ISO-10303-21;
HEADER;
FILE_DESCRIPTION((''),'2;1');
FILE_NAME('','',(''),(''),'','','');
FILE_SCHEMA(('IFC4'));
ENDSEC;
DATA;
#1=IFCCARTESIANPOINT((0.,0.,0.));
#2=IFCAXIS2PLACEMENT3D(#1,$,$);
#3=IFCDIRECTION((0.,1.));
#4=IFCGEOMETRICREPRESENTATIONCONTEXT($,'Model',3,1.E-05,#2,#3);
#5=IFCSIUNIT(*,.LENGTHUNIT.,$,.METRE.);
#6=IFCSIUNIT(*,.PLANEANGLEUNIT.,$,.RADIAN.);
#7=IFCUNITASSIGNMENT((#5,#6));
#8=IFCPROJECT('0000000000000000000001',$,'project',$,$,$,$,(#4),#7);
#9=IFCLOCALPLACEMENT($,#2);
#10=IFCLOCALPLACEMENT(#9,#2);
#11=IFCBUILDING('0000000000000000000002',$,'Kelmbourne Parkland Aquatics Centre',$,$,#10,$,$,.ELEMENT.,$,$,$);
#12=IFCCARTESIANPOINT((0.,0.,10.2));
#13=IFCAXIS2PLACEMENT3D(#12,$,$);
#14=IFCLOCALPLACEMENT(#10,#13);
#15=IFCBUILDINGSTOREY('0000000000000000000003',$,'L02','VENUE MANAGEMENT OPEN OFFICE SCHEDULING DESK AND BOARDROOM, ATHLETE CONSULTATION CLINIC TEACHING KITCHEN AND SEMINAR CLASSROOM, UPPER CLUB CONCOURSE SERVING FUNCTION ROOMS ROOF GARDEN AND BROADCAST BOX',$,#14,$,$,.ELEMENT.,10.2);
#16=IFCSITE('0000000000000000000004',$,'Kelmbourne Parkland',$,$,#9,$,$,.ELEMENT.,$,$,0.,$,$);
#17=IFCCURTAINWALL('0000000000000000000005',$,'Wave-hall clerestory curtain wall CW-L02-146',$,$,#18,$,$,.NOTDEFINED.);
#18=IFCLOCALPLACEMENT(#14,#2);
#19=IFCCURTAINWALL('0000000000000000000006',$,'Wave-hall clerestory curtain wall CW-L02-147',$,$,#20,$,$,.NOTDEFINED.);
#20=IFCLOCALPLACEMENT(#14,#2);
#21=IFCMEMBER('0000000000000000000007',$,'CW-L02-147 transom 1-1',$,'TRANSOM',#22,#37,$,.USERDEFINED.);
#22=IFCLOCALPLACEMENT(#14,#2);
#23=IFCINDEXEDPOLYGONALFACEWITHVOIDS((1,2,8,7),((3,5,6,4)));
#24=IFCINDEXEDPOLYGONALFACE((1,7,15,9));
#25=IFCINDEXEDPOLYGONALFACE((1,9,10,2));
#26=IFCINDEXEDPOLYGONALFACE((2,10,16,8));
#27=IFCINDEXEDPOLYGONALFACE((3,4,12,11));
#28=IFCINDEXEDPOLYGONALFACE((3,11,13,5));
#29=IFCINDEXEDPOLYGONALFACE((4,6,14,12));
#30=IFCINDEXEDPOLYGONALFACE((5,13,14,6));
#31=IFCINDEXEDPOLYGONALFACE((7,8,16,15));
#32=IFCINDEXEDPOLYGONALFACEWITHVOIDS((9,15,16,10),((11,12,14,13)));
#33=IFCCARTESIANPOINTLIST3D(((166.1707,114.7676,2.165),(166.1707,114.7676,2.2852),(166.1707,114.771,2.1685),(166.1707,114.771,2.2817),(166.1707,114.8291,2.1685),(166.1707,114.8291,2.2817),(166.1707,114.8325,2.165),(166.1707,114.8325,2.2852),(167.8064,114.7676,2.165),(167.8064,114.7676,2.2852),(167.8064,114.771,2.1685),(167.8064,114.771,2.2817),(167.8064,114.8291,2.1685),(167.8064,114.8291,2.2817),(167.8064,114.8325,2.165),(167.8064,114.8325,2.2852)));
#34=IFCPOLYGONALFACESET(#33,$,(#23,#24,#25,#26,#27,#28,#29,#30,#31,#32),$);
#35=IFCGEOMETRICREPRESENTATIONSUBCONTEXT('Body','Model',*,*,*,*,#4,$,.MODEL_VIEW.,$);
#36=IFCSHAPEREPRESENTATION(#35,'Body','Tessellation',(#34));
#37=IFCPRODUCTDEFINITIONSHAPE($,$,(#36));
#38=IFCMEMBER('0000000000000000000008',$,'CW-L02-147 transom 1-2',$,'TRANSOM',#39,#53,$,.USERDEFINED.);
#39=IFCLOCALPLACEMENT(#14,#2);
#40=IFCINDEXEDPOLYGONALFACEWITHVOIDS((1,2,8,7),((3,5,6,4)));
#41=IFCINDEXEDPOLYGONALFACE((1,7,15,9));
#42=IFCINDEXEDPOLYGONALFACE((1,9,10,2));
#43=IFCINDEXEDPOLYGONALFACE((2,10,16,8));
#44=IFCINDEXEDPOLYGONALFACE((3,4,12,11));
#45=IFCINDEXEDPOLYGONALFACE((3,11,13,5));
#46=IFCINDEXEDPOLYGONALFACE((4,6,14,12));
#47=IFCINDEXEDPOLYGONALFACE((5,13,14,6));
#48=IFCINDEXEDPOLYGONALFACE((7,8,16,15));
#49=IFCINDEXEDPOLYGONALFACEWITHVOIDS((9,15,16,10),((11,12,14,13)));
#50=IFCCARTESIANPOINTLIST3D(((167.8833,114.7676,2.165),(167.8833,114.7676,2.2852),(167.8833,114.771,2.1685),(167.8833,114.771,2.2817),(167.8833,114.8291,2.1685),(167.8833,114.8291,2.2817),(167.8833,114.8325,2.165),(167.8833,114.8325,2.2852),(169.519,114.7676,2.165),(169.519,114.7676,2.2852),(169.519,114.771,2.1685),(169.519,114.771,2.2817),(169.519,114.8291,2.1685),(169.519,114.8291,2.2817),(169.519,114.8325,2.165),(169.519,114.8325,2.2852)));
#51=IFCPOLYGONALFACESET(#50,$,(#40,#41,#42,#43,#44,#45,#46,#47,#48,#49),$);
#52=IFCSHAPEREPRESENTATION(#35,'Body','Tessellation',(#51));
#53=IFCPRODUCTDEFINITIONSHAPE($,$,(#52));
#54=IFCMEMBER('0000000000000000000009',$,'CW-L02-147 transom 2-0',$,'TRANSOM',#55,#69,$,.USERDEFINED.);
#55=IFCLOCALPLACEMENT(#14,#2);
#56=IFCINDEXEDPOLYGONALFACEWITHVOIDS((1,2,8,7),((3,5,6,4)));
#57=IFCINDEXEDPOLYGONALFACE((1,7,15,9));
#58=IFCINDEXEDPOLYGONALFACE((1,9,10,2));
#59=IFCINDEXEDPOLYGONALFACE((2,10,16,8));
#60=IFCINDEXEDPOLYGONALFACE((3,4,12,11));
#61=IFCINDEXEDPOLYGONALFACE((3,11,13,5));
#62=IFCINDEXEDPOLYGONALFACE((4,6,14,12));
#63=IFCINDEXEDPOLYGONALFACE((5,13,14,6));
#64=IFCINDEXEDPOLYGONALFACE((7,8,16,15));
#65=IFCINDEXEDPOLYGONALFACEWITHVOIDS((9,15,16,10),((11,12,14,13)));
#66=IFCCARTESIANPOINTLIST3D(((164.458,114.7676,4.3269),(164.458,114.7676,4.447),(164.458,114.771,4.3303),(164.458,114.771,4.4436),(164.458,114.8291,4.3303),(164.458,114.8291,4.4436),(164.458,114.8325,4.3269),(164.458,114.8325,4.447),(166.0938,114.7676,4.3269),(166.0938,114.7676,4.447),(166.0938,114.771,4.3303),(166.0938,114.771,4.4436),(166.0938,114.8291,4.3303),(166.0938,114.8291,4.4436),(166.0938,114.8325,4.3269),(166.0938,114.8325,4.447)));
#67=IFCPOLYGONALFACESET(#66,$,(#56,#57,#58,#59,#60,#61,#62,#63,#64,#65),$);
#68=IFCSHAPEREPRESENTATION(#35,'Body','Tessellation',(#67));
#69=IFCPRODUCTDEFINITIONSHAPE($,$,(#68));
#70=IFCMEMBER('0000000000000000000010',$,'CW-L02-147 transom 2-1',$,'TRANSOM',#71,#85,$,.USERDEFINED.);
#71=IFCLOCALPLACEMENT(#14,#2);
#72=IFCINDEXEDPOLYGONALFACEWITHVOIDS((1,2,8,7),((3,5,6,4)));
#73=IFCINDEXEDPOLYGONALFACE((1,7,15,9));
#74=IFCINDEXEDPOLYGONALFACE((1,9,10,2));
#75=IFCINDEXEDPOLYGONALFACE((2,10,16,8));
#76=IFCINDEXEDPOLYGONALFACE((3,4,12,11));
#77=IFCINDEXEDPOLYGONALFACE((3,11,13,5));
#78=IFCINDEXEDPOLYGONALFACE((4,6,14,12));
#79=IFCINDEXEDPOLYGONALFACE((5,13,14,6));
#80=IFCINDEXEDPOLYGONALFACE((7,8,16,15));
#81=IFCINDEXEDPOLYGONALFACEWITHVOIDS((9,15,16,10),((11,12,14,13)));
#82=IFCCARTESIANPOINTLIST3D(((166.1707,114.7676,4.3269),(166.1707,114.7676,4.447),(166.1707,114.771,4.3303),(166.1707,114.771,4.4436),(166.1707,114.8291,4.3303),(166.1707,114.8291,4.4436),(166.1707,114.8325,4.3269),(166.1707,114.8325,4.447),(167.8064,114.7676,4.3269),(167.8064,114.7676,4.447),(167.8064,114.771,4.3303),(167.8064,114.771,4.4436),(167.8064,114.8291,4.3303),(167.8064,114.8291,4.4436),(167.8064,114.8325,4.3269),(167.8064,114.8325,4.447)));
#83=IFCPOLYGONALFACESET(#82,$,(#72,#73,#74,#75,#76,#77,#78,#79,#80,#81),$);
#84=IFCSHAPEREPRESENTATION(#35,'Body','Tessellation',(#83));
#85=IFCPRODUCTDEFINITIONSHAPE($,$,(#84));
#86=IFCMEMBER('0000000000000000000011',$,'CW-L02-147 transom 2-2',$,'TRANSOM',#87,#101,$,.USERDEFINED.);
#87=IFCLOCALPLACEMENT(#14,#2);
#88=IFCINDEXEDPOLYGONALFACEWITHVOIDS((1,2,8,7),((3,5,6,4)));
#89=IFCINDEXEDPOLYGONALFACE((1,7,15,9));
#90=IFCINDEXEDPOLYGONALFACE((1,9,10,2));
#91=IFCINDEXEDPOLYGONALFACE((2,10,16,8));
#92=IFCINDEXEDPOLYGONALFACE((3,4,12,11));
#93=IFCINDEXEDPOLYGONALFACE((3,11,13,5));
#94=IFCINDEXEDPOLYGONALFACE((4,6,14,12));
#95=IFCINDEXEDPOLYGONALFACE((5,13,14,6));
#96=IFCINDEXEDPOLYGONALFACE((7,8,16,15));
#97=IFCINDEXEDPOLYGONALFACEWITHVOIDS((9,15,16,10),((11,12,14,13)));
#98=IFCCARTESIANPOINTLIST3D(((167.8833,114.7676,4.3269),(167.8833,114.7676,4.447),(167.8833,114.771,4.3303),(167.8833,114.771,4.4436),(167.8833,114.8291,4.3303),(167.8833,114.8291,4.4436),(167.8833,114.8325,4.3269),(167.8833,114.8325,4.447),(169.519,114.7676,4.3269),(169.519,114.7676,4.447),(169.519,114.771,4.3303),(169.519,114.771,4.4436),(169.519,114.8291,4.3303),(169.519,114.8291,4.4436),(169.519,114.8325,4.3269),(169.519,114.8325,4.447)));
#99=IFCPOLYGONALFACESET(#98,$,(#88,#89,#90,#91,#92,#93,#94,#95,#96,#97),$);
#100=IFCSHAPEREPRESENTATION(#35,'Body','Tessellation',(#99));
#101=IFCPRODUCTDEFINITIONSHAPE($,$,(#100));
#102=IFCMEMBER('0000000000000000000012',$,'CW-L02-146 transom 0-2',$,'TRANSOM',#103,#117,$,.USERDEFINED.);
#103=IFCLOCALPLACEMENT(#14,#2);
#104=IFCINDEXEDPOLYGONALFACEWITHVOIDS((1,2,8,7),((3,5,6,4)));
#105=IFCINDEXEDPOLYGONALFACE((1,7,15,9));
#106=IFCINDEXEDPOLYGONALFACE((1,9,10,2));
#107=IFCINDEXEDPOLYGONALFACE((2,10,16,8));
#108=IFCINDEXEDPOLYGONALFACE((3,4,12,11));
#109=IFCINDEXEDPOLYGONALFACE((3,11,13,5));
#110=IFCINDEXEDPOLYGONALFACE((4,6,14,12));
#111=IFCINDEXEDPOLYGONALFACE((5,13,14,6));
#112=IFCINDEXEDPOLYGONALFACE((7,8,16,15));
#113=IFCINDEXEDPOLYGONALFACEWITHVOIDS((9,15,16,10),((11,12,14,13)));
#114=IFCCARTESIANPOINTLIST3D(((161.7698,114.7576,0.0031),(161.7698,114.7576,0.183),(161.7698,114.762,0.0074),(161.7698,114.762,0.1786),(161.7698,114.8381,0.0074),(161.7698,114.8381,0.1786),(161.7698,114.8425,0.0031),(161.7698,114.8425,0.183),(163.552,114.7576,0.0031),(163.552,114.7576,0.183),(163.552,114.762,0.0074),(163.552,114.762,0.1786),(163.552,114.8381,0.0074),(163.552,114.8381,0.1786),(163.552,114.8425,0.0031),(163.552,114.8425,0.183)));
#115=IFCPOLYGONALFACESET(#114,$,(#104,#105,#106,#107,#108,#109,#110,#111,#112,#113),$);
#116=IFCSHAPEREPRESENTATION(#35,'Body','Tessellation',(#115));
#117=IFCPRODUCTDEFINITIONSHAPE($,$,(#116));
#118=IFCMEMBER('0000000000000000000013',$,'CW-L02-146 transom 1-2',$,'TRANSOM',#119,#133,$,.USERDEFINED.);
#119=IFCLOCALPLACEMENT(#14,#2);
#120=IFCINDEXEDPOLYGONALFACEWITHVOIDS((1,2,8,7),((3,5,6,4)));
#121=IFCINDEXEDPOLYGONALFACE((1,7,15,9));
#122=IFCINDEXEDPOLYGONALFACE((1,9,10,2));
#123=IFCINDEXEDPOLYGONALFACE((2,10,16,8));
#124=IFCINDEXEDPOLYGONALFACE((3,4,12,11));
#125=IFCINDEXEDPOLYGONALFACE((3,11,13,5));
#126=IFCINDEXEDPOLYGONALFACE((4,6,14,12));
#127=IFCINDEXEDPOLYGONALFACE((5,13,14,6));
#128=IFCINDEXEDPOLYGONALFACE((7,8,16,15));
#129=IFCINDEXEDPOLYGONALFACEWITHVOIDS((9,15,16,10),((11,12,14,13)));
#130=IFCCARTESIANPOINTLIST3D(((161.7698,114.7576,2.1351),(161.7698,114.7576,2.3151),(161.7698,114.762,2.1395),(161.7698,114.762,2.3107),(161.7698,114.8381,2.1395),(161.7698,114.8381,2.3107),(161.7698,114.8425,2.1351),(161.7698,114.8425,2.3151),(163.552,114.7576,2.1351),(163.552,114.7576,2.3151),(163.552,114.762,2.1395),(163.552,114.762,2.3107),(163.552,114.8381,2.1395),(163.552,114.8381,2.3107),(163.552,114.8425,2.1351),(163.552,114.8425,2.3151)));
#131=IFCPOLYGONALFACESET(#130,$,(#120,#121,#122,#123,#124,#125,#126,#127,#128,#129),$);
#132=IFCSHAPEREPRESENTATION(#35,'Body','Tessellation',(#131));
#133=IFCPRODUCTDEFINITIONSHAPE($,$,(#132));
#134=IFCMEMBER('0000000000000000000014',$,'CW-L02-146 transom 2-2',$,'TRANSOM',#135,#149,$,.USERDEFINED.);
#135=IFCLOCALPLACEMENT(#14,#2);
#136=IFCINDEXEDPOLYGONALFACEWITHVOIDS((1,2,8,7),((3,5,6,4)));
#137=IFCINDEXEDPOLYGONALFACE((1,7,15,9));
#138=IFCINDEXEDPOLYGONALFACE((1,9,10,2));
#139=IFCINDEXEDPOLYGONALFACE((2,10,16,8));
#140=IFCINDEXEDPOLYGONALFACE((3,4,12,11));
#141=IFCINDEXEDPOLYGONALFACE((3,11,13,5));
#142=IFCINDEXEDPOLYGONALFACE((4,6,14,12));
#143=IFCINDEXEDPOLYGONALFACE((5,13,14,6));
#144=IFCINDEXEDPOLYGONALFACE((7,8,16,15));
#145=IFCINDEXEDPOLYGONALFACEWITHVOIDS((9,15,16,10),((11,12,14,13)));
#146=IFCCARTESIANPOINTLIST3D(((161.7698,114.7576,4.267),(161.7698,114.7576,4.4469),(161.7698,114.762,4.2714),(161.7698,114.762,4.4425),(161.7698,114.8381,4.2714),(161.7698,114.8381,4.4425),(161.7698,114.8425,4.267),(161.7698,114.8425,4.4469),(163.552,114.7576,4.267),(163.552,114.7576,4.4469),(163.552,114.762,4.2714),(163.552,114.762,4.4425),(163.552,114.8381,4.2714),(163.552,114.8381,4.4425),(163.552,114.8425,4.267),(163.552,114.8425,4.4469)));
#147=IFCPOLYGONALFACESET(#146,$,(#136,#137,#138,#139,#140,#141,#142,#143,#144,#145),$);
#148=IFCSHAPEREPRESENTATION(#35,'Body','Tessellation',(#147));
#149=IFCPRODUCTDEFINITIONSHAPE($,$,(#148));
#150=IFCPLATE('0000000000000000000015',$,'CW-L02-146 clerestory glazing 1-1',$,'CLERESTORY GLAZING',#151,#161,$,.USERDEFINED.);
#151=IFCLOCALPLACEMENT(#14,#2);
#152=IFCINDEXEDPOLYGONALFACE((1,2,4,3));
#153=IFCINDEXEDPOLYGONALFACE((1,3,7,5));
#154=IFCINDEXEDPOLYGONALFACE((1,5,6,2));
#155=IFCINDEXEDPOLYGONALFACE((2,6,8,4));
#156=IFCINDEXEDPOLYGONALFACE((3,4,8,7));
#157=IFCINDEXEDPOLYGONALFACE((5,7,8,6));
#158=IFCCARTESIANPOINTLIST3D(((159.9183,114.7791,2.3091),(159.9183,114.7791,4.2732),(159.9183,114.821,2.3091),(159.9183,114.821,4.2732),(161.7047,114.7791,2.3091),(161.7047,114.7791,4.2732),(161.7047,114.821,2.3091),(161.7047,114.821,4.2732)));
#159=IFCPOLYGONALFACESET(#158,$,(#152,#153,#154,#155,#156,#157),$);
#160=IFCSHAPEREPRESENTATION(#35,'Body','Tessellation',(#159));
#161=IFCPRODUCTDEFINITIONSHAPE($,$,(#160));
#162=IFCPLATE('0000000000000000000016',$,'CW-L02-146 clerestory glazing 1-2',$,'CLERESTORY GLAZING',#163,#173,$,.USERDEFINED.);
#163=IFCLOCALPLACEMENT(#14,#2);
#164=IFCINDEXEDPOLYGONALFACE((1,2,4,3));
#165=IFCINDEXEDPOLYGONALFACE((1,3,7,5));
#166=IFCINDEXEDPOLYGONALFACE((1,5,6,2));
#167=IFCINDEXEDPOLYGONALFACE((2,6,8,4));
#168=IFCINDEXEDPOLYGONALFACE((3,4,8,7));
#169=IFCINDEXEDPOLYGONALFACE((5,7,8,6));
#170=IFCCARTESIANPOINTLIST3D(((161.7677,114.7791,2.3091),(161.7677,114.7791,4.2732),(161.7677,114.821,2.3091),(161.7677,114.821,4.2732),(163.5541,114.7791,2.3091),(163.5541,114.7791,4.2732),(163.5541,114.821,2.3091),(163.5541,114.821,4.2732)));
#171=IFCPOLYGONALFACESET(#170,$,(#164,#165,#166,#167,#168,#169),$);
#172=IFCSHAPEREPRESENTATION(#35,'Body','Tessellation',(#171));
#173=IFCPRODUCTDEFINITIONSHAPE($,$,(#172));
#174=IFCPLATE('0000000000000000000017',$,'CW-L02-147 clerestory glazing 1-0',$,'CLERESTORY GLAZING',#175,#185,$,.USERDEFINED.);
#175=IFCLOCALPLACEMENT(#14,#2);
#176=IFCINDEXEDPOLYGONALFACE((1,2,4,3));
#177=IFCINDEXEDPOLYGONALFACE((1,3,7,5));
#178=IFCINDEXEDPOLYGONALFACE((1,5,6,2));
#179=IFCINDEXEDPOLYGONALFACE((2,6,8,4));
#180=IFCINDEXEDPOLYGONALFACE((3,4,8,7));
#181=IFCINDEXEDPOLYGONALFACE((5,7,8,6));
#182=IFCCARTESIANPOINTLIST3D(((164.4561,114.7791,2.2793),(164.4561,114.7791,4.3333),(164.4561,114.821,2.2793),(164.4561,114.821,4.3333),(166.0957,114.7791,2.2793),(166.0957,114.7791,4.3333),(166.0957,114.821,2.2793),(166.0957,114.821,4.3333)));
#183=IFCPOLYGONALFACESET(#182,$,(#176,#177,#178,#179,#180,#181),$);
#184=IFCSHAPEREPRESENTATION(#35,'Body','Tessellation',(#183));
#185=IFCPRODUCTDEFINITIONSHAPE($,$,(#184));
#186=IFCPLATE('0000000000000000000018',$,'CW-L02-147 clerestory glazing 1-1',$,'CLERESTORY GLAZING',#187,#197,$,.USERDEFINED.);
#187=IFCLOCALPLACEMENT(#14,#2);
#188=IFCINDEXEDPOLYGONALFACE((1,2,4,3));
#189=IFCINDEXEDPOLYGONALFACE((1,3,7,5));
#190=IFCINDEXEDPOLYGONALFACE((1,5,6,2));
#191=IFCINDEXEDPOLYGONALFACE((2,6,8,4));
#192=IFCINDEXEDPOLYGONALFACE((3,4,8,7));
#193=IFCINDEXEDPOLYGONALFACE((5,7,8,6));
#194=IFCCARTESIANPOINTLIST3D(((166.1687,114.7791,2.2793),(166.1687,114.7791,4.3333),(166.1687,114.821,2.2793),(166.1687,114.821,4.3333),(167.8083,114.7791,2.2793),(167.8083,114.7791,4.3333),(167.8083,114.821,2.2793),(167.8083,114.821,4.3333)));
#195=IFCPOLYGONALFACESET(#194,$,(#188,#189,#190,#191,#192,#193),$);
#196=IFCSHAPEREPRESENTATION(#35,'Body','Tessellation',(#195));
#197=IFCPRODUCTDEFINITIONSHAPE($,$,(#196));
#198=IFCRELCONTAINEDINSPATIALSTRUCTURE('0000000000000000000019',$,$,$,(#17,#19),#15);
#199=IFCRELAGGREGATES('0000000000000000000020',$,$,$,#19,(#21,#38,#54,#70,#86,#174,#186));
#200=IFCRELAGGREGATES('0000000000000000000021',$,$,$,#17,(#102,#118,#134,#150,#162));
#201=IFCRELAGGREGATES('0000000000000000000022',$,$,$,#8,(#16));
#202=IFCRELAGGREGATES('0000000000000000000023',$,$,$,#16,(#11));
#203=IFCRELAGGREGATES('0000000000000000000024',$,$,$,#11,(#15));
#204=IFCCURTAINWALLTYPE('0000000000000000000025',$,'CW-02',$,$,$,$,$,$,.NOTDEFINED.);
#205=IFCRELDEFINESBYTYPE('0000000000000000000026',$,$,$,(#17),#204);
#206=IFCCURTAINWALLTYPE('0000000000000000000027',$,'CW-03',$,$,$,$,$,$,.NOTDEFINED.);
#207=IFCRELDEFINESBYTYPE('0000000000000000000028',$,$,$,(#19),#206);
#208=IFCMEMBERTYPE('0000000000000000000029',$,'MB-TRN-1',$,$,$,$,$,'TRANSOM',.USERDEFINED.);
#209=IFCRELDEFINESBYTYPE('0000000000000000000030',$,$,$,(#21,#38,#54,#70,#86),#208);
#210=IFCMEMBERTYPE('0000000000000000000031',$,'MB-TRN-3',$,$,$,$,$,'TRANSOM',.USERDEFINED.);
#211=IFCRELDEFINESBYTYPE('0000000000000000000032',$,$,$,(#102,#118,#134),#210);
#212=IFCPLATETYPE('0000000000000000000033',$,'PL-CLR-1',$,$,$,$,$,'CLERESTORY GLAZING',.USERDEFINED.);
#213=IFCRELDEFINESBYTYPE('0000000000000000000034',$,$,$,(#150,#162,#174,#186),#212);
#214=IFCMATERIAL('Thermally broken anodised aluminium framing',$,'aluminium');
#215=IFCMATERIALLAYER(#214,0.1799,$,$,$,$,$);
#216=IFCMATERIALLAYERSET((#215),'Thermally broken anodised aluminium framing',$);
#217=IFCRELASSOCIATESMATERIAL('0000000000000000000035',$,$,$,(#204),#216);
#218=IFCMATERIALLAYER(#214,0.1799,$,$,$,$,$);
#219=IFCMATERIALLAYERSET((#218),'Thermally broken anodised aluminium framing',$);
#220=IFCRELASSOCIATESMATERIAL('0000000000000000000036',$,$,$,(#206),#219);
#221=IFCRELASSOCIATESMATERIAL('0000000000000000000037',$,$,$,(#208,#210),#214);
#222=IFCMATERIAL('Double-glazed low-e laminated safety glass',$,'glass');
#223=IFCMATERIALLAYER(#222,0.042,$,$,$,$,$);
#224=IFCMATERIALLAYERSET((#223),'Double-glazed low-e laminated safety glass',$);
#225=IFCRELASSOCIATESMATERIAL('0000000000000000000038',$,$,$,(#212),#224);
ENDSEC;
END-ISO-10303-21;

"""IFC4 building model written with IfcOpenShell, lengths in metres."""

from ifc_helpers import new_model, si_unit, direction, frame, origin, origin_2d, place, context, subcontext, project, spatial, rectangle, hollow_rectangle, extrude, material, layer, layer_set, material_profile, profile_set, type_object, element, aggregate, save


model = new_model("IFC4")

# Units and contexts
model_context = context("Model", 3, precision=1e-05, world=origin(), true_north=direction((0.0, 1.0)))
body_context = subcontext(model_context, "Body", "Model", "MODEL_VIEW")
ifc_project = project(units=[si_unit("LENGTHUNIT", "METRE"), si_unit("PLANEANGLEUNIT", "RADIAN")], contexts=[model_context])

# Site, building, storey
site_placement = place(None, origin())
site = spatial("IfcSite", under=ifc_project, at=site_placement, Name="Kelmbourne Parkland", CompositionType="ELEMENT", RefElevation=0.0)
building_placement = place(site_placement, origin())
building = spatial("IfcBuilding", under=site, at=building_placement, Name="Kelmbourne Parkland Aquatics Centre", CompositionType="ELEMENT")
storey_placement = place(building_placement, frame((0.0, 0.0, 10.2)))
storey = spatial("IfcBuildingStorey", under=building, at=storey_placement, Name="L02", Description="VENUE MANAGEMENT OPEN OFFICE SCHEDULING DESK AND BOARDROOM, ATHLETE CONSULTATION CLINIC TEACHING KITCHEN AND SEMINAR CLASSROOM, UPPER CLUB CONCOURSE SERVING FUNCTION ROOMS ROOF GARDEN AND BROADCAST BOX", CompositionType="ELEMENT", Elevation=10.2)

# Curtain walls, members
ifc_material_1 = material(Name="Thermally broken anodised aluminium framing", Category="aluminium")
ifc_layer_1 = layer(ifc_material_1, 0.1799)
ifc_layer_set_1 = layer_set([ifc_layer_1], Name="Thermally broken anodised aluminium framing")
curtain_wall_type_1 = type_object("IfcCurtainWallType", Name="CW-02", PredefinedType="NOTDEFINED", material=ifc_layer_set_1)
curtain_wall_1_placement = place(storey_placement, origin())
curtain_wall_1 = element("IfcCurtainWall", 1, at=curtain_wall_1_placement, inside=storey, type_object=curtain_wall_type_1, Name="Wave-hall clerestory curtain wall CW-L02-146", PredefinedType="NOTDEFINED")
ifc_layer_2 = layer(ifc_material_1, 0.1799)
ifc_layer_set_2 = layer_set([ifc_layer_2], Name="Thermally broken anodised aluminium framing")
curtain_wall_type_2 = type_object("IfcCurtainWallType", Name="CW-03", PredefinedType="NOTDEFINED", material=ifc_layer_set_2)
curtain_wall_2_placement = place(storey_placement, origin())
curtain_wall_2 = element("IfcCurtainWall", 2, at=curtain_wall_2_placement, inside=storey, type_object=curtain_wall_type_2, Name="Wave-hall clerestory curtain wall CW-L02-147", PredefinedType="NOTDEFINED")
ifc_material_profile_1 = material_profile(ifc_material_1, hollow_rectangle(XDim=0.0649, YDim=0.1201, WallThickness=0.0034, at=origin_2d()), Name="CW-T 65x120")
ifc_profile_set_1 = profile_set([ifc_material_profile_1], Name="Thermally broken anodised aluminium framing")
member_type_1 = type_object("IfcMemberType", Name="MB-TRN-1", ElementType="TRANSOM", PredefinedType="USERDEFINED", material=ifc_profile_set_1)
member_1_placement = place(storey_placement, frame((166.1707, 114.8, 2.2251), z_axis=(1.0, 0.0, 0.0), x_axis=(0.0, 1.0, 0.0)))
member_1 = element("IfcMember", 3, at=member_1_placement, type_object=member_type_1, Name="CW-L02-147 transom 1-1", ObjectType="TRANSOM", PredefinedType="USERDEFINED", context=body_context, shape_type="SweptSolid", body=[
    extrude(hollow_rectangle(XDim=0.0649, YDim=0.1201, WallThickness=0.0034, at=origin_2d()), origin(), (0.0, 0.0, 1.0), 1.6357),
])
member_2_placement = place(storey_placement, frame((167.8833, 114.8, 2.2251), z_axis=(1.0, 0.0, 0.0), x_axis=(0.0, 1.0, 0.0)))
member_2 = element("IfcMember", 4, at=member_2_placement, type_object=member_type_1, Name="CW-L02-147 transom 1-2", ObjectType="TRANSOM", PredefinedType="USERDEFINED", context=body_context, shape_type="SweptSolid", body=[
    extrude(hollow_rectangle(XDim=0.0649, YDim=0.1201, WallThickness=0.0034, at=origin_2d()), origin(), (0.0, 0.0, 1.0), 1.6357),
])
member_3_placement = place(storey_placement, frame((164.458, 114.8, 4.387), z_axis=(1.0, 0.0, 0.0), x_axis=(0.0, 1.0, 0.0)))
member_3 = element("IfcMember", 5, at=member_3_placement, type_object=member_type_1, Name="CW-L02-147 transom 2-0", ObjectType="TRANSOM", PredefinedType="USERDEFINED", context=body_context, shape_type="SweptSolid", body=[
    extrude(hollow_rectangle(XDim=0.0649, YDim=0.1201, WallThickness=0.0034, at=origin_2d()), origin(), (0.0, 0.0, 1.0), 1.6357),
])
member_4_placement = place(storey_placement, frame((166.1707, 114.8, 4.387), z_axis=(1.0, 0.0, 0.0), x_axis=(0.0, 1.0, 0.0)))
member_4 = element("IfcMember", 6, at=member_4_placement, type_object=member_type_1, Name="CW-L02-147 transom 2-1", ObjectType="TRANSOM", PredefinedType="USERDEFINED", context=body_context, shape_type="SweptSolid", body=[
    extrude(hollow_rectangle(XDim=0.0649, YDim=0.1201, WallThickness=0.0034, at=origin_2d()), origin(), (0.0, 0.0, 1.0), 1.6357),
])
member_5_placement = place(storey_placement, frame((167.8833, 114.8, 4.387), z_axis=(1.0, 0.0, 0.0), x_axis=(0.0, 1.0, 0.0)))
member_5 = element("IfcMember", 7, at=member_5_placement, type_object=member_type_1, Name="CW-L02-147 transom 2-2", ObjectType="TRANSOM", PredefinedType="USERDEFINED", context=body_context, shape_type="SweptSolid", body=[
    extrude(hollow_rectangle(XDim=0.0649, YDim=0.1201, WallThickness=0.0034, at=origin_2d()), origin(), (0.0, 0.0, 1.0), 1.6357),
])

# Members
ifc_material_profile_2 = material_profile(ifc_material_1, hollow_rectangle(XDim=0.085, YDim=0.1799, WallThickness=0.0044, at=origin_2d()), Name="CW-T 85x180")
ifc_profile_set_2 = profile_set([ifc_material_profile_2], Name="Thermally broken anodised aluminium framing")
member_type_2 = type_object("IfcMemberType", Name="MB-TRN-3", ElementType="TRANSOM", PredefinedType="USERDEFINED", material=ifc_profile_set_2)
member_6_placement = place(storey_placement, frame((161.7698, 114.8, 0.093), z_axis=(1.0, 0.0, 0.0), x_axis=(0.0, 1.0, 0.0)))
member_6 = element("IfcMember", 8, at=member_6_placement, type_object=member_type_2, Name="CW-L02-146 transom 0-2", ObjectType="TRANSOM", PredefinedType="USERDEFINED", context=body_context, shape_type="SweptSolid", body=[
    extrude(hollow_rectangle(XDim=0.085, YDim=0.1799, WallThickness=0.0044, at=origin_2d()), origin(), (0.0, 0.0, 1.0), 1.7822),
])
member_7_placement = place(storey_placement, frame((161.7698, 114.8, 2.2251), z_axis=(1.0, 0.0, 0.0), x_axis=(0.0, 1.0, 0.0)))
member_7 = element("IfcMember", 9, at=member_7_placement, type_object=member_type_2, Name="CW-L02-146 transom 1-2", ObjectType="TRANSOM", PredefinedType="USERDEFINED", context=body_context, shape_type="SweptSolid", body=[
    extrude(hollow_rectangle(XDim=0.085, YDim=0.1799, WallThickness=0.0044, at=origin_2d()), origin(), (0.0, 0.0, 1.0), 1.7822),
])
member_8_placement = place(storey_placement, frame((161.7698, 114.8, 4.3569), z_axis=(1.0, 0.0, 0.0), x_axis=(0.0, 1.0, 0.0)))
member_8 = element("IfcMember", 10, at=member_8_placement, type_object=member_type_2, Name="CW-L02-146 transom 2-2", ObjectType="TRANSOM", PredefinedType="USERDEFINED", context=body_context, shape_type="SweptSolid", body=[
    extrude(hollow_rectangle(XDim=0.085, YDim=0.1799, WallThickness=0.0044, at=origin_2d()), origin(), (0.0, 0.0, 1.0), 1.7822),
])

# Plates
ifc_material_2 = material(Name="Double-glazed low-e laminated safety glass", Category="glass")
ifc_layer_3 = layer(ifc_material_2, 0.042)
ifc_layer_set_3 = layer_set([ifc_layer_3], Name="Double-glazed low-e laminated safety glass")
plate_type_1 = type_object("IfcPlateType", Name="PL-CLR-1", ElementType="CLERESTORY GLAZING", PredefinedType="USERDEFINED", material=ifc_layer_set_3)
plate_1_placement = place(storey_placement, frame((160.8115, 114.8, 2.3091), z_axis=(0.0, 0.0, 1.0), x_axis=(1.0, 0.0, 0.0)))
plate_1 = element("IfcPlate", 11, at=plate_1_placement, type_object=plate_type_1, Name="CW-L02-146 clerestory glazing 1-1", ObjectType="CLERESTORY GLAZING", PredefinedType="USERDEFINED", context=body_context, shape_type="SweptSolid", body=[
    extrude(rectangle(XDim=1.7864, YDim=0.042, at=origin_2d()), origin(), (0.0, 0.0, 1.0), 1.9641),
])
plate_2_placement = place(storey_placement, frame((162.6609, 114.8, 2.3091), z_axis=(0.0, 0.0, 1.0), x_axis=(1.0, 0.0, 0.0)))
plate_2 = element("IfcPlate", 12, at=plate_2_placement, type_object=plate_type_1, Name="CW-L02-146 clerestory glazing 1-2", ObjectType="CLERESTORY GLAZING", PredefinedType="USERDEFINED", context=body_context, shape_type="SweptSolid", body=[
    extrude(rectangle(XDim=1.7864, YDim=0.042, at=origin_2d()), origin(), (0.0, 0.0, 1.0), 1.9641),
])
plate_3_placement = place(storey_placement, frame((165.2759, 114.8, 2.2793), z_axis=(0.0, 0.0, 1.0), x_axis=(1.0, 0.0, 0.0)))
plate_3 = element("IfcPlate", 13, at=plate_3_placement, type_object=plate_type_1, Name="CW-L02-147 clerestory glazing 1-0", ObjectType="CLERESTORY GLAZING", PredefinedType="USERDEFINED", context=body_context, shape_type="SweptSolid", body=[
    extrude(rectangle(XDim=1.6396, YDim=0.042, at=origin_2d()), origin(), (0.0, 0.0, 1.0), 2.054),
])
plate_4_placement = place(storey_placement, frame((166.9885, 114.8, 2.2793), z_axis=(0.0, 0.0, 1.0), x_axis=(1.0, 0.0, 0.0)))
plate_4 = element("IfcPlate", 14, at=plate_4_placement, type_object=plate_type_1, Name="CW-L02-147 clerestory glazing 1-1", ObjectType="CLERESTORY GLAZING", PredefinedType="USERDEFINED", context=body_context, shape_type="SweptSolid", body=[
    extrude(rectangle(XDim=1.6396, YDim=0.042, at=origin_2d()), origin(), (0.0, 0.0, 1.0), 2.054),
])
aggregate(curtain_wall_2, [member_1, member_2, member_3, member_4, member_5, plate_3, plate_4])
aggregate(curtain_wall_1, [member_6, member_7, member_8, plate_1, plate_2])

save(model, "model.ifc")
